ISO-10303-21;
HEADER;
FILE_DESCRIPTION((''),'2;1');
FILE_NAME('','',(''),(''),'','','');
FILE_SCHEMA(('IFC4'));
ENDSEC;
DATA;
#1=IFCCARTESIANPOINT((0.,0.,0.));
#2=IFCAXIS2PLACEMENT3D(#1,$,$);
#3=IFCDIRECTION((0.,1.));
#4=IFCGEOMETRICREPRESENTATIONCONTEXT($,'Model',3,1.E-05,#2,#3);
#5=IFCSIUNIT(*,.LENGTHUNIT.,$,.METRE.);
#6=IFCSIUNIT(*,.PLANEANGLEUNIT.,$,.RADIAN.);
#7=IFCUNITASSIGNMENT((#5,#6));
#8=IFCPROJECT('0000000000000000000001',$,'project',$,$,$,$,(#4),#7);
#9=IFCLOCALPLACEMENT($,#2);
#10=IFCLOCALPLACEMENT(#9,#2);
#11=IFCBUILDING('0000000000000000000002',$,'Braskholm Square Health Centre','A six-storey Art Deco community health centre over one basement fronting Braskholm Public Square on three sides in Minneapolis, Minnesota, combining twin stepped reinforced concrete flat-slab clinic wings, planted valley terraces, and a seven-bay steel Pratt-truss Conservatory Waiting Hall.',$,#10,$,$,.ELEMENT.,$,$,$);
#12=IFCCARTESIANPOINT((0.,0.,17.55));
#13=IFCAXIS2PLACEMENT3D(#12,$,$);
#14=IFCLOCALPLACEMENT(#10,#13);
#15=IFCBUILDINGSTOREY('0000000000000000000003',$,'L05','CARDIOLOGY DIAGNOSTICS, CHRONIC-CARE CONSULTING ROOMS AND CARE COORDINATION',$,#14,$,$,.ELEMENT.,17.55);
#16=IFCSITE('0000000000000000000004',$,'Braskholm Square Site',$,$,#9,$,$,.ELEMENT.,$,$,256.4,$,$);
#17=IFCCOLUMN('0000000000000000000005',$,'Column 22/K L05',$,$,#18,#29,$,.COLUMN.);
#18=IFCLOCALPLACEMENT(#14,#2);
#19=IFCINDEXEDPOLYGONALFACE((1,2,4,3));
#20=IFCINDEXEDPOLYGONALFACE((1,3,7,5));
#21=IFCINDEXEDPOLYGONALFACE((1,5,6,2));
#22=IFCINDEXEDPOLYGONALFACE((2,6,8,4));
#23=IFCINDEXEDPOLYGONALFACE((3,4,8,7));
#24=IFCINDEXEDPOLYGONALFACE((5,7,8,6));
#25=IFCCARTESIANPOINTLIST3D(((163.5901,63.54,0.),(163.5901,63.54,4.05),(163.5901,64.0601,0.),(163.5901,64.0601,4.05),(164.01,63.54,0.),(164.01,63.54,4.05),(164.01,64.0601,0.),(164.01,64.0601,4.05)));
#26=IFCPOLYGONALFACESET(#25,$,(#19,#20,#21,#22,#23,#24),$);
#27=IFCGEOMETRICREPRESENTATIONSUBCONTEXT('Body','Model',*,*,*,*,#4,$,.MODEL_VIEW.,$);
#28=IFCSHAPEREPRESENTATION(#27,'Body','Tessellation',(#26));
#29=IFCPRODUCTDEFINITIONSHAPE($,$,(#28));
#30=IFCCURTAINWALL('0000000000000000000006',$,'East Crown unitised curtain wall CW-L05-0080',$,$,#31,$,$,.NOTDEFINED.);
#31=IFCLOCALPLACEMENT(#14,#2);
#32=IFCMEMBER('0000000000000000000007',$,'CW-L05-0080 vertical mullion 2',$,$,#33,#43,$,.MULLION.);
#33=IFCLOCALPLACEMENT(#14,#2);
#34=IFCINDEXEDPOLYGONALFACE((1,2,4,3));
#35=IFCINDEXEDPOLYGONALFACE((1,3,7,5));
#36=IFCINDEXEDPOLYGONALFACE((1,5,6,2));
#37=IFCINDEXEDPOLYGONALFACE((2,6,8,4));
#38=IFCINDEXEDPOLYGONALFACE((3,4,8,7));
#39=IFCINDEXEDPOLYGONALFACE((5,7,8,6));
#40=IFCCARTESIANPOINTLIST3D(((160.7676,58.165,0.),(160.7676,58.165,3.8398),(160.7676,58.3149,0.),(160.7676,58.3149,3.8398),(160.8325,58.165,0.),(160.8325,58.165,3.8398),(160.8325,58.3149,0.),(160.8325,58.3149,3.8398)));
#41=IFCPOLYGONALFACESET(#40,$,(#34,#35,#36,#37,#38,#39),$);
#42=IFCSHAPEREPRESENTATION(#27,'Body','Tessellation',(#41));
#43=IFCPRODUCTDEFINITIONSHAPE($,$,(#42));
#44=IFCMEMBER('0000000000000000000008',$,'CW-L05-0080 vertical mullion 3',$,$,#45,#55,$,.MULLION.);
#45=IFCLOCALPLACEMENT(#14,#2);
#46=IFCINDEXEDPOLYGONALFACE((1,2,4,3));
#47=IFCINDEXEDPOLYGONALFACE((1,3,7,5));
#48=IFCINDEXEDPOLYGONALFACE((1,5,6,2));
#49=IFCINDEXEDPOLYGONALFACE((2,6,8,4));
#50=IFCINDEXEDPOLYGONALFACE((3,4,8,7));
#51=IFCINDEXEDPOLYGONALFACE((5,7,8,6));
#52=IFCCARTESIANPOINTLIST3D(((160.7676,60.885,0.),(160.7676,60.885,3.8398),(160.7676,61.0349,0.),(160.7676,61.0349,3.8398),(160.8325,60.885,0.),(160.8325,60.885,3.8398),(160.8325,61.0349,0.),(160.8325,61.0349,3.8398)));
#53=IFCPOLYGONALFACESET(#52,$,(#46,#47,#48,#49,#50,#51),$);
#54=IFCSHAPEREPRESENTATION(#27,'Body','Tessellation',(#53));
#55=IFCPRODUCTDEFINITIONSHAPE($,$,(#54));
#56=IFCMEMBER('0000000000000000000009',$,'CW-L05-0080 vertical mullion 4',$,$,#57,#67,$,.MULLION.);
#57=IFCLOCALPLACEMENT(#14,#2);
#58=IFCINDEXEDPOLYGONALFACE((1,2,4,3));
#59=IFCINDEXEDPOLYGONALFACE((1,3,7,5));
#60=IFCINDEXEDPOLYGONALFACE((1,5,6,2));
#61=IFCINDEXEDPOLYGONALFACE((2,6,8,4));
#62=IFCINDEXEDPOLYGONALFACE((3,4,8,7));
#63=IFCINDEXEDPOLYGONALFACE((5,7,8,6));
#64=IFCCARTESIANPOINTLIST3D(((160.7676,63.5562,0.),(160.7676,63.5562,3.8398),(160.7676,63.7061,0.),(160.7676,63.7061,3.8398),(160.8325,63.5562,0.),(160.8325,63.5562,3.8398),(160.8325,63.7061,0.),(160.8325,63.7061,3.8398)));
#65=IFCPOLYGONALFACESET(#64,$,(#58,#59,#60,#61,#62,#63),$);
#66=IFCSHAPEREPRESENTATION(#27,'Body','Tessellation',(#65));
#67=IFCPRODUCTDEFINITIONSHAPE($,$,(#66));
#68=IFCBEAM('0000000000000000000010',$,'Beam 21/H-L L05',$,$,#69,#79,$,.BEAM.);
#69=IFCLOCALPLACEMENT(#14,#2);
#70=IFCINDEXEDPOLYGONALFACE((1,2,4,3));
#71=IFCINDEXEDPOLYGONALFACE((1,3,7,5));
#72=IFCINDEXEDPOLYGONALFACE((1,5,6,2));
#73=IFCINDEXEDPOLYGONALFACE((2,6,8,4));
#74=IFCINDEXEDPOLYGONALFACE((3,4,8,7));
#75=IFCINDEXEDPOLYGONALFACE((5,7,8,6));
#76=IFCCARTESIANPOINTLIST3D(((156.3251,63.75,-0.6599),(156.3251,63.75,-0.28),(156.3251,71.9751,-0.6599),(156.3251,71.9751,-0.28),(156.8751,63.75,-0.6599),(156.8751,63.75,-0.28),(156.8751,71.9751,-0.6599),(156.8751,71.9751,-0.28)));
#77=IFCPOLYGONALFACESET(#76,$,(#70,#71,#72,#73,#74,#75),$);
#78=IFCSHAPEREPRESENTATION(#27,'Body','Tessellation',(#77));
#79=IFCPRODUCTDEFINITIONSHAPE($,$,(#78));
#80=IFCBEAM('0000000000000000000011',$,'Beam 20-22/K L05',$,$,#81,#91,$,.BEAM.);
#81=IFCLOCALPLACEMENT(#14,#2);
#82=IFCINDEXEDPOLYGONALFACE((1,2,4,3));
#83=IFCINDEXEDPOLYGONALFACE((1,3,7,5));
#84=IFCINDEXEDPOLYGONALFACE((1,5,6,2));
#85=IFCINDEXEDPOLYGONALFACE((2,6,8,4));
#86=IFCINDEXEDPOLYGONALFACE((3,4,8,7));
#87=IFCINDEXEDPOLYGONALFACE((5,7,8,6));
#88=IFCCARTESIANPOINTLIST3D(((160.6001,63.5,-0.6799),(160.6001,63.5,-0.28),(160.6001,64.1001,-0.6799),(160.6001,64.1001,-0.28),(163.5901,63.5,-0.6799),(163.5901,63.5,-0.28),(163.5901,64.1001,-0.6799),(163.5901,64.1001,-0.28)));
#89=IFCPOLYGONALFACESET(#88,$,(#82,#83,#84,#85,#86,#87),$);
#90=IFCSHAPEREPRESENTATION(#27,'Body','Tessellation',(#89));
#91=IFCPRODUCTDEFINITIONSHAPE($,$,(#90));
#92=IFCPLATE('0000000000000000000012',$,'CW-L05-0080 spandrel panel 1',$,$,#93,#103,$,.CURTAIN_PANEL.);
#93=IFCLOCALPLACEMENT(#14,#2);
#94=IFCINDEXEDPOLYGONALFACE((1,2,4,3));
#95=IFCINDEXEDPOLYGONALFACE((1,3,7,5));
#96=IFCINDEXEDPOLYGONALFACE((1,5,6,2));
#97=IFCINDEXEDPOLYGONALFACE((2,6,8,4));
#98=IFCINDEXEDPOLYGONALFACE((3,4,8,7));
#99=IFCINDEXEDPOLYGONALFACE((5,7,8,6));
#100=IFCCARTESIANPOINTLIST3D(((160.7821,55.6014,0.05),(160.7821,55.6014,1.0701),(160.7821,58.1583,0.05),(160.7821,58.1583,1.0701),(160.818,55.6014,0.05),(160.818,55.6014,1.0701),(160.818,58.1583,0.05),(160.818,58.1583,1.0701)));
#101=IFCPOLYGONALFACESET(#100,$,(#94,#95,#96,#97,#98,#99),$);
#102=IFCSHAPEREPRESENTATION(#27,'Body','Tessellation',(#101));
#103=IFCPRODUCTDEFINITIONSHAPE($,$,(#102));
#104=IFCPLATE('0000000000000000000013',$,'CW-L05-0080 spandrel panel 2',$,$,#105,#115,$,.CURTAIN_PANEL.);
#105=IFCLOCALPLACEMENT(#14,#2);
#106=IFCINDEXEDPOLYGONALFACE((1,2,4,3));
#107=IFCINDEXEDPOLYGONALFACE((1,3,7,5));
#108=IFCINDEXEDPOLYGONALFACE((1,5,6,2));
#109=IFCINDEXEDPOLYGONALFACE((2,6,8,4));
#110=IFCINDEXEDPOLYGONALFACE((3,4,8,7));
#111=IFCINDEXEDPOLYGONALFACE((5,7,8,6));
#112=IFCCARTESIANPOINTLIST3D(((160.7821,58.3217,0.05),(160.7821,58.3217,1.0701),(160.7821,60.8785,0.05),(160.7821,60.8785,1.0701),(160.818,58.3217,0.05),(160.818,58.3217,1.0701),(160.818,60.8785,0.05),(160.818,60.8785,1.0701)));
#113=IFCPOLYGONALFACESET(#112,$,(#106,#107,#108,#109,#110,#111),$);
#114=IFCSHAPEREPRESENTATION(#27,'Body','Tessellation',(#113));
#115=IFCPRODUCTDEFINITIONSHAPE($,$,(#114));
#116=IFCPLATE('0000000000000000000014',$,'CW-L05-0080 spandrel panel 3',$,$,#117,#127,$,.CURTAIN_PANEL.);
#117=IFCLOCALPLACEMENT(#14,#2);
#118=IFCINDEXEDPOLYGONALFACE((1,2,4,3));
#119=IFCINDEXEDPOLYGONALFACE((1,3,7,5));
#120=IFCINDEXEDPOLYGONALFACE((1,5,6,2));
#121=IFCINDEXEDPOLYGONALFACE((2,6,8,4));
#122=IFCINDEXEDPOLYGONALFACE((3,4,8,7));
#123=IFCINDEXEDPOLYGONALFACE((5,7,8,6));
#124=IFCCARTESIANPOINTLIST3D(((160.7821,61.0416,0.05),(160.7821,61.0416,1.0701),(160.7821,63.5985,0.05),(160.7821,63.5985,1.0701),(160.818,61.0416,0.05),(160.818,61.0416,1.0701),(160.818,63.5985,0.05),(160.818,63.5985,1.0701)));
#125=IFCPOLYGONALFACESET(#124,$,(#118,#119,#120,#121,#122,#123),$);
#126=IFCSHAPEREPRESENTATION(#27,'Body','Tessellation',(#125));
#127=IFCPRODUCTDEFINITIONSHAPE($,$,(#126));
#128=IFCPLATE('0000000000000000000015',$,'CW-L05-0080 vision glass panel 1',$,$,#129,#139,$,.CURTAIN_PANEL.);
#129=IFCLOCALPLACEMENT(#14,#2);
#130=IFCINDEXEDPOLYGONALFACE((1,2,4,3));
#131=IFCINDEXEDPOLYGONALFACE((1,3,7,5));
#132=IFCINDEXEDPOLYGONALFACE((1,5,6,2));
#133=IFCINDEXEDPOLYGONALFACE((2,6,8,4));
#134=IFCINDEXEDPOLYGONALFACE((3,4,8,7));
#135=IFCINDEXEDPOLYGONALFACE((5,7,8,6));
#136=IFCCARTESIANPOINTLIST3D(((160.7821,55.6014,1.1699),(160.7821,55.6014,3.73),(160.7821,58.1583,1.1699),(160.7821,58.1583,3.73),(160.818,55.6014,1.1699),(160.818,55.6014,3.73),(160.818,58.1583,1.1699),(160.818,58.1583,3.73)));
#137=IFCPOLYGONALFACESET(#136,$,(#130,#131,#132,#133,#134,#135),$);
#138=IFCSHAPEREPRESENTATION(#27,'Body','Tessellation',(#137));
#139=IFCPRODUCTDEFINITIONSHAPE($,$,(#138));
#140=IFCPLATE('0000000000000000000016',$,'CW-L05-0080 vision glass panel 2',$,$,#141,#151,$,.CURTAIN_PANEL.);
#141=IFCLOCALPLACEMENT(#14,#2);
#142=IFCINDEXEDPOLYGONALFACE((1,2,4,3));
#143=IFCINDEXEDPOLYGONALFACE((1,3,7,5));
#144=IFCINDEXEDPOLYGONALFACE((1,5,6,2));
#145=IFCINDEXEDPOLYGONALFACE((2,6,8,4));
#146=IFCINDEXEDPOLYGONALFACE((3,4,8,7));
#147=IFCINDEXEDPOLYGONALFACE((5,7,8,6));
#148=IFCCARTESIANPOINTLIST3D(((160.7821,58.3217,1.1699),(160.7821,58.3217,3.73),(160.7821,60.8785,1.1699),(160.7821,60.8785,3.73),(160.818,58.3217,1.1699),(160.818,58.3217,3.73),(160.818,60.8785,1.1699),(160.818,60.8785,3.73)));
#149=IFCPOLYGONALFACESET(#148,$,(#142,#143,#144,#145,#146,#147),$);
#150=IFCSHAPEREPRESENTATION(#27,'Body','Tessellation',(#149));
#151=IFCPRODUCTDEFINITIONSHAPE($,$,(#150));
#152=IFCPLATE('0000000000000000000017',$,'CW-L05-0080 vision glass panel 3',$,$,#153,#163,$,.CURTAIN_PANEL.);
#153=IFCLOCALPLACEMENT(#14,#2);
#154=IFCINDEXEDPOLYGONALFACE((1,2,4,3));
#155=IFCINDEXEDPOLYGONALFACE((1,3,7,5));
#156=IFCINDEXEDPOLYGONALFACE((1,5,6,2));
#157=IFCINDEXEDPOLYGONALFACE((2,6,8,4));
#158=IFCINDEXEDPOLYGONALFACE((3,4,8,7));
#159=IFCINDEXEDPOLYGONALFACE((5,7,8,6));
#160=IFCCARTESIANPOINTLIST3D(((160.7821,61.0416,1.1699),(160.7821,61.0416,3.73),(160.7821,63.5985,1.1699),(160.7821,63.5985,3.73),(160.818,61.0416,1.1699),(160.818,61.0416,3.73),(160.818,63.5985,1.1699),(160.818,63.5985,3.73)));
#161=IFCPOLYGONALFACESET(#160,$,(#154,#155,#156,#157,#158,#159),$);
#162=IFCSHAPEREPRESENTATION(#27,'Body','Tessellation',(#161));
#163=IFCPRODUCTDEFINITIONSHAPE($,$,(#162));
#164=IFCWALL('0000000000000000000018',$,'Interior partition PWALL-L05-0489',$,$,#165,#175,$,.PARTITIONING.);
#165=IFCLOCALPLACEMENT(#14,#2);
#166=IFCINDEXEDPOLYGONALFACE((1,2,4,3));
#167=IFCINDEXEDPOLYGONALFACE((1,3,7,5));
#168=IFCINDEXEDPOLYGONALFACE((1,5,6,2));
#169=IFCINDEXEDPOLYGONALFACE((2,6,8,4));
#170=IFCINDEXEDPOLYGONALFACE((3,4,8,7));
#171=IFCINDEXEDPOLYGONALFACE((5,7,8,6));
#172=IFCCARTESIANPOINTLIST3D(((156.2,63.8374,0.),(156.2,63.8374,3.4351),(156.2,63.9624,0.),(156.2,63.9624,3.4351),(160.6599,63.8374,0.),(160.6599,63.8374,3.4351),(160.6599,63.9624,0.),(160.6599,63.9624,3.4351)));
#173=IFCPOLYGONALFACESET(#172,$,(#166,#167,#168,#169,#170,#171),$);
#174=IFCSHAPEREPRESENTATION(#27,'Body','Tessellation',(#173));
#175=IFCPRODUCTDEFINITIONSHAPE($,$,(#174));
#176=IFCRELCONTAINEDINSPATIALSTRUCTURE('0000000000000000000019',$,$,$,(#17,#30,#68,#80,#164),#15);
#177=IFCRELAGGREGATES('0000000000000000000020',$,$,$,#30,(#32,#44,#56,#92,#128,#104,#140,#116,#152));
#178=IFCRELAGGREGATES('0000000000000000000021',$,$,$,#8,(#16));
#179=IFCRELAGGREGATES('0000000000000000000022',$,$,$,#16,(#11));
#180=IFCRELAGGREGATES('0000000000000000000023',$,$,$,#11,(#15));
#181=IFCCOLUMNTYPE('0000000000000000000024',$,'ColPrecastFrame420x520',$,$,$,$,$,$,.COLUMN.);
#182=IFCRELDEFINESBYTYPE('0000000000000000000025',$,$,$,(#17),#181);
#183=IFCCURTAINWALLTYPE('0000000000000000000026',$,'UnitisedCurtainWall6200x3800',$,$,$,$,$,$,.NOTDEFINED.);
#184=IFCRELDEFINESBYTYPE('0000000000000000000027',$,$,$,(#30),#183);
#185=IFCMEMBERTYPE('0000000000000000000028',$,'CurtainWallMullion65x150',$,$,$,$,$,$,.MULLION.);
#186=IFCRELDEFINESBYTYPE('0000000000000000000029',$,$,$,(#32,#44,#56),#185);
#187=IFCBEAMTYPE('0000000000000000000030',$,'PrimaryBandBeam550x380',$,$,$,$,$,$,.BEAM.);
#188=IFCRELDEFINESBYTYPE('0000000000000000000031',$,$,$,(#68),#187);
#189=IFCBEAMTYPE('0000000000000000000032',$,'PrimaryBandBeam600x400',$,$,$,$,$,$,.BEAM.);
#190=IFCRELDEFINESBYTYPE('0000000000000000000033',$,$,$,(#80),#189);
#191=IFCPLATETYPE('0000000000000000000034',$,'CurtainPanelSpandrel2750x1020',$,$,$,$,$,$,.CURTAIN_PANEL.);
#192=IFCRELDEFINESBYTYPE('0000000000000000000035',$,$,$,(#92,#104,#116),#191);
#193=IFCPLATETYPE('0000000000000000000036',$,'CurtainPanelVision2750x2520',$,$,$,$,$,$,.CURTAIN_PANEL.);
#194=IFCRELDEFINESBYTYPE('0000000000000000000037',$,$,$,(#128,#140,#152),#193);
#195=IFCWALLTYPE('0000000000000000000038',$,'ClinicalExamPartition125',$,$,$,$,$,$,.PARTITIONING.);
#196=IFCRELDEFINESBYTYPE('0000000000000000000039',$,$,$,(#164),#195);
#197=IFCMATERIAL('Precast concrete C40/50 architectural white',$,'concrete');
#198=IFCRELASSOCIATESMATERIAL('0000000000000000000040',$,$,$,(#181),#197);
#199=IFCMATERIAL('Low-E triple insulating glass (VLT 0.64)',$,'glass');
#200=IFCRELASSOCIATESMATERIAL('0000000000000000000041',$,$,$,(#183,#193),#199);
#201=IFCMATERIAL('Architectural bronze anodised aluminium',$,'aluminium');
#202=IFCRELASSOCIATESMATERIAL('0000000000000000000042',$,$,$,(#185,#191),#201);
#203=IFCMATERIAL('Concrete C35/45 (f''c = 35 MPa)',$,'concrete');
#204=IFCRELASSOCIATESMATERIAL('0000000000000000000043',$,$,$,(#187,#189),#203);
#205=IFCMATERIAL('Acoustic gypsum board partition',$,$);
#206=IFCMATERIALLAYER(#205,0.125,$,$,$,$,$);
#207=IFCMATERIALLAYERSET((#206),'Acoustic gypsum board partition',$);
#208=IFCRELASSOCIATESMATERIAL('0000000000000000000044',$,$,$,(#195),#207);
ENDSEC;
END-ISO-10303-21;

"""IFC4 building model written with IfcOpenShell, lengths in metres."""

from ifc_helpers import new_model, si_unit, direction, frame, frame_2d, origin, origin_2d, place, context, subcontext, project, spatial, rectangle, extrude, material, layer, layer_set, material_profile, profile_set, type_object, element, aggregate, save


model = new_model("IFC4")

# Units and contexts
model_context = context("Model", 3, precision=1e-05, world=origin(), true_north=direction((0.0, 1.0)))
body_context = subcontext(model_context, "Body", "Model", "MODEL_VIEW")
ifc_project = project(units=[si_unit("LENGTHUNIT", "METRE"), si_unit("PLANEANGLEUNIT", "RADIAN")], contexts=[model_context])

# Site, building, storey
site_placement = place(None, origin())
site = spatial("IfcSite", under=ifc_project, at=site_placement, Name="Braskholm Square Site", CompositionType="ELEMENT", RefElevation=256.4)
building_placement = place(site_placement, origin())
building = spatial("IfcBuilding", under=site, at=building_placement, Name="Braskholm Square Health Centre", Description="A six-storey Art Deco community health centre over one basement fronting Braskholm Public Square on three sides in Minneapolis, Minnesota, combining twin stepped reinforced concrete flat-slab clinic wings, planted valley terraces, and a seven-bay steel Pratt-truss Conservatory Waiting Hall.", CompositionType="ELEMENT")
storey_placement = place(building_placement, frame((0.0, 0.0, 17.55)))
storey = spatial("IfcBuildingStorey", under=building, at=storey_placement, Name="L05", Description="CARDIOLOGY DIAGNOSTICS, CHRONIC-CARE CONSULTING ROOMS AND CARE COORDINATION", CompositionType="ELEMENT", Elevation=17.55)

# Column
ifc_material_1 = material(Name="Precast concrete C40/50 architectural white", Category="concrete")
ifc_material_profile_1 = material_profile(ifc_material_1, rectangle(XDim=0.4199, YDim=0.52, at=origin_2d()), Name="RC-420X520")
ifc_profile_set_1 = profile_set([ifc_material_profile_1], Name="Precast concrete C40/50 architectural white")
column_type = type_object("IfcColumnType", Name="ColPrecastFrame420x520", PredefinedType="COLUMN", material=ifc_profile_set_1)
column_placement = place(storey_placement, frame((163.8, 63.8, 0.0), z_axis=(0.0, 0.0, 1.0), x_axis=(1.0, 0.0, 0.0)))
element("IfcColumn", 1, at=column_placement, inside=storey, type_object=column_type, Name="Column 22/K L05", PredefinedType="COLUMN", context=body_context, shape_type="SweptSolid", body=[
    extrude(rectangle(XDim=0.4199, YDim=0.52, at=origin_2d()), origin(), (0.0, 0.0, 1.0), 4.05),
])

# Curtain wall, members
ifc_material_2 = material(Name="Low-E triple insulating glass (VLT 0.64)", Category="glass")
curtain_wall_type = type_object("IfcCurtainWallType", Name="UnitisedCurtainWall6200x3800", PredefinedType="NOTDEFINED", material=ifc_material_2)
curtain_wall_placement = place(storey_placement, origin())
curtain_wall = element("IfcCurtainWall", 2, at=curtain_wall_placement, inside=storey, type_object=curtain_wall_type, Name="East Crown unitised curtain wall CW-L05-0080", PredefinedType="NOTDEFINED")
ifc_material_3 = material(Name="Architectural bronze anodised aluminium", Category="aluminium")
ifc_material_profile_2 = material_profile(ifc_material_3, rectangle(XDim=0.0649, YDim=0.1499, at=origin_2d()), Name="ALU-65X150")
ifc_profile_set_2 = profile_set([ifc_material_profile_2], Name="Architectural bronze anodised aluminium")
member_type = type_object("IfcMemberType", Name="CurtainWallMullion65x150", PredefinedType="MULLION", material=ifc_profile_set_2)
member_1_placement = place(storey_placement, frame((160.8, 58.24, 0.0), z_axis=(0.0, 0.0, 1.0), x_axis=(1.0, 0.0, 0.0)))
member_1 = element("IfcMember", 3, at=member_1_placement, type_object=member_type, Name="CW-L05-0080 vertical mullion 2", PredefinedType="MULLION", context=body_context, shape_type="SweptSolid", body=[
    extrude(rectangle(XDim=0.0649, YDim=0.1499, at=origin_2d()), origin(), (0.0, 0.0, 1.0), 3.8398),
])
member_2_placement = place(storey_placement, frame((160.8, 60.96, 0.0), z_axis=(0.0, 0.0, 1.0), x_axis=(1.0, 0.0, 0.0)))
member_2 = element("IfcMember", 4, at=member_2_placement, type_object=member_type, Name="CW-L05-0080 vertical mullion 3", PredefinedType="MULLION", context=body_context, shape_type="SweptSolid", body=[
    extrude(rectangle(XDim=0.0649, YDim=0.1499, at=origin_2d()), origin(), (0.0, 0.0, 1.0), 3.8398),
])
member_3_placement = place(storey_placement, frame((160.8, 63.6311, 0.0), z_axis=(0.0, 0.0, 1.0), x_axis=(1.0, 0.0, 0.0)))
member_3 = element("IfcMember", 5, at=member_3_placement, type_object=member_type, Name="CW-L05-0080 vertical mullion 4", PredefinedType="MULLION", context=body_context, shape_type="SweptSolid", body=[
    extrude(rectangle(XDim=0.0649, YDim=0.1499, at=origin_2d()), origin(), (0.0, 0.0, 1.0), 3.8398),
])

# Beams
ifc_material_4 = material(Name="Concrete C35/45 (f'c = 35 MPa)", Category="concrete")
ifc_material_profile_3 = material_profile(ifc_material_4, rectangle(XDim=0.55, YDim=0.3799, at=origin_2d()), Name="RCB-550X380")
ifc_profile_set_3 = profile_set([ifc_material_profile_3], Name="Concrete C35/45 (f'c = 35 MPa)")
beam_type_1 = type_object("IfcBeamType", Name="PrimaryBandBeam550x380", PredefinedType="BEAM", material=ifc_profile_set_3)
beam_1_placement = place(storey_placement, frame((156.6001, 63.75, -0.47), z_axis=(0.0, 1.0, 0.0), x_axis=(-1.0, 0.0, 0.0)))
element("IfcBeam", 6, at=beam_1_placement, inside=storey, type_object=beam_type_1, Name="Beam 21/H-L L05", PredefinedType="BEAM", context=body_context, shape_type="SweptSolid", body=[
    extrude(rectangle(XDim=0.55, YDim=0.3799, at=origin_2d()), origin(), (0.0, 0.0, 1.0), 8.2251),
])
ifc_material_profile_4 = material_profile(ifc_material_4, rectangle(XDim=0.6001, YDim=0.3999, at=origin_2d()), Name="RCB-600X400")
ifc_profile_set_4 = profile_set([ifc_material_profile_4], Name="Concrete C35/45 (f'c = 35 MPa)")
beam_type_2 = type_object("IfcBeamType", Name="PrimaryBandBeam600x400", PredefinedType="BEAM", material=ifc_profile_set_4)
beam_2_placement = place(storey_placement, frame((160.6001, 63.8, -0.48), z_axis=(1.0, 0.0, 0.0), x_axis=(0.0, 1.0, 0.0)))
element("IfcBeam", 7, at=beam_2_placement, inside=storey, type_object=beam_type_2, Name="Beam 20-22/K L05", PredefinedType="BEAM", context=body_context, shape_type="SweptSolid", body=[
    extrude(rectangle(XDim=0.6001, YDim=0.3999, at=origin_2d()), origin(), (0.0, 0.0, 1.0), 2.99),
])

# Plates
plate_type_1 = type_object("IfcPlateType", Name="CurtainPanelSpandrel2750x1020", PredefinedType="CURTAIN_PANEL", material=ifc_material_3)
plate_1_placement = place(storey_placement, frame((160.8, 56.8799, 0.05), z_axis=(0.0, 0.0, 1.0), x_axis=(0.0, 1.0, 0.0)))
plate_1 = element("IfcPlate", 8, at=plate_1_placement, type_object=plate_type_1, Name="CW-L05-0080 spandrel panel 1", PredefinedType="CURTAIN_PANEL", context=body_context, shape_type="SweptSolid", body=[
    extrude(rectangle(XDim=2.5569, YDim=0.0359, at=origin_2d()), origin(), (0.0, 0.0, 1.0), 1.02),
])
plate_2_placement = place(storey_placement, frame((160.8, 59.6001, 0.05), z_axis=(0.0, 0.0, 1.0), x_axis=(0.0, 1.0, 0.0)))
plate_2 = element("IfcPlate", 9, at=plate_2_placement, type_object=plate_type_1, Name="CW-L05-0080 spandrel panel 2", PredefinedType="CURTAIN_PANEL", context=body_context, shape_type="SweptSolid", body=[
    extrude(rectangle(XDim=2.5569, YDim=0.0359, at=origin_2d()), origin(), (0.0, 0.0, 1.0), 1.02),
])
plate_3_placement = place(storey_placement, frame((160.8, 62.3201, 0.05), z_axis=(0.0, 0.0, 1.0), x_axis=(0.0, 1.0, 0.0)))
plate_3 = element("IfcPlate", 10, at=plate_3_placement, type_object=plate_type_1, Name="CW-L05-0080 spandrel panel 3", PredefinedType="CURTAIN_PANEL", context=body_context, shape_type="SweptSolid", body=[
    extrude(rectangle(XDim=2.5569, YDim=0.0359, at=origin_2d()), origin(), (0.0, 0.0, 1.0), 1.02),
])
plate_type_2 = type_object("IfcPlateType", Name="CurtainPanelVision2750x2520", PredefinedType="CURTAIN_PANEL", material=ifc_material_2)
plate_4_placement = place(storey_placement, frame((160.8, 56.8799, 1.1699), z_axis=(0.0, 0.0, 1.0), x_axis=(0.0, 1.0, 0.0)))
plate_4 = element("IfcPlate", 11, at=plate_4_placement, type_object=plate_type_2, Name="CW-L05-0080 vision glass panel 1", PredefinedType="CURTAIN_PANEL", context=body_context, shape_type="SweptSolid", body=[
    extrude(rectangle(XDim=2.5569, YDim=0.0359, at=origin_2d()), origin(), (0.0, 0.0, 1.0), 2.5601),
])
plate_5_placement = place(storey_placement, frame((160.8, 59.6001, 1.1699), z_axis=(0.0, 0.0, 1.0), x_axis=(0.0, 1.0, 0.0)))
plate_5 = element("IfcPlate", 12, at=plate_5_placement, type_object=plate_type_2, Name="CW-L05-0080 vision glass panel 2", PredefinedType="CURTAIN_PANEL", context=body_context, shape_type="SweptSolid", body=[
    extrude(rectangle(XDim=2.5569, YDim=0.0359, at=origin_2d()), origin(), (0.0, 0.0, 1.0), 2.5601),
])
plate_6_placement = place(storey_placement, frame((160.8, 62.3201, 1.1699), z_axis=(0.0, 0.0, 1.0), x_axis=(0.0, 1.0, 0.0)))
plate_6 = element("IfcPlate", 13, at=plate_6_placement, type_object=plate_type_2, Name="CW-L05-0080 vision glass panel 3", PredefinedType="CURTAIN_PANEL", context=body_context, shape_type="SweptSolid", body=[
    extrude(rectangle(XDim=2.5569, YDim=0.0359, at=origin_2d()), origin(), (0.0, 0.0, 1.0), 2.5601),
])
aggregate(curtain_wall, [member_1, member_2, member_3, plate_1, plate_4, plate_2, plate_5, plate_3, plate_6])

# Wall
ifc_material_5 = material(Name="Acoustic gypsum board partition")
ifc_layer_1 = layer(ifc_material_5, 0.125)
ifc_layer_set_1 = layer_set([ifc_layer_1], Name="Acoustic gypsum board partition")
wall_type_1 = type_object("IfcWallType", Name="ClinicalExamPartition125", PredefinedType="PARTITIONING", material=ifc_layer_set_1)
wall_1_placement = place(storey_placement, frame((156.2, 63.8999, 0.0), z_axis=(0.0, 0.0, 1.0), x_axis=(1.0, 0.0, 0.0)))
element("IfcWall", 14, at=wall_1_placement, inside=storey, type_object=wall_type_1, Name="Interior partition PWALL-L05-0489", PredefinedType="PARTITIONING", context=body_context, shape_type="SweptSolid", body=[
    extrude(rectangle(XDim=4.46, YDim=0.125, at=frame_2d((2.23, 0.0))), origin(), (0.0, 0.0, 1.0), 3.4351),
])

save(model, "model.ifc")
